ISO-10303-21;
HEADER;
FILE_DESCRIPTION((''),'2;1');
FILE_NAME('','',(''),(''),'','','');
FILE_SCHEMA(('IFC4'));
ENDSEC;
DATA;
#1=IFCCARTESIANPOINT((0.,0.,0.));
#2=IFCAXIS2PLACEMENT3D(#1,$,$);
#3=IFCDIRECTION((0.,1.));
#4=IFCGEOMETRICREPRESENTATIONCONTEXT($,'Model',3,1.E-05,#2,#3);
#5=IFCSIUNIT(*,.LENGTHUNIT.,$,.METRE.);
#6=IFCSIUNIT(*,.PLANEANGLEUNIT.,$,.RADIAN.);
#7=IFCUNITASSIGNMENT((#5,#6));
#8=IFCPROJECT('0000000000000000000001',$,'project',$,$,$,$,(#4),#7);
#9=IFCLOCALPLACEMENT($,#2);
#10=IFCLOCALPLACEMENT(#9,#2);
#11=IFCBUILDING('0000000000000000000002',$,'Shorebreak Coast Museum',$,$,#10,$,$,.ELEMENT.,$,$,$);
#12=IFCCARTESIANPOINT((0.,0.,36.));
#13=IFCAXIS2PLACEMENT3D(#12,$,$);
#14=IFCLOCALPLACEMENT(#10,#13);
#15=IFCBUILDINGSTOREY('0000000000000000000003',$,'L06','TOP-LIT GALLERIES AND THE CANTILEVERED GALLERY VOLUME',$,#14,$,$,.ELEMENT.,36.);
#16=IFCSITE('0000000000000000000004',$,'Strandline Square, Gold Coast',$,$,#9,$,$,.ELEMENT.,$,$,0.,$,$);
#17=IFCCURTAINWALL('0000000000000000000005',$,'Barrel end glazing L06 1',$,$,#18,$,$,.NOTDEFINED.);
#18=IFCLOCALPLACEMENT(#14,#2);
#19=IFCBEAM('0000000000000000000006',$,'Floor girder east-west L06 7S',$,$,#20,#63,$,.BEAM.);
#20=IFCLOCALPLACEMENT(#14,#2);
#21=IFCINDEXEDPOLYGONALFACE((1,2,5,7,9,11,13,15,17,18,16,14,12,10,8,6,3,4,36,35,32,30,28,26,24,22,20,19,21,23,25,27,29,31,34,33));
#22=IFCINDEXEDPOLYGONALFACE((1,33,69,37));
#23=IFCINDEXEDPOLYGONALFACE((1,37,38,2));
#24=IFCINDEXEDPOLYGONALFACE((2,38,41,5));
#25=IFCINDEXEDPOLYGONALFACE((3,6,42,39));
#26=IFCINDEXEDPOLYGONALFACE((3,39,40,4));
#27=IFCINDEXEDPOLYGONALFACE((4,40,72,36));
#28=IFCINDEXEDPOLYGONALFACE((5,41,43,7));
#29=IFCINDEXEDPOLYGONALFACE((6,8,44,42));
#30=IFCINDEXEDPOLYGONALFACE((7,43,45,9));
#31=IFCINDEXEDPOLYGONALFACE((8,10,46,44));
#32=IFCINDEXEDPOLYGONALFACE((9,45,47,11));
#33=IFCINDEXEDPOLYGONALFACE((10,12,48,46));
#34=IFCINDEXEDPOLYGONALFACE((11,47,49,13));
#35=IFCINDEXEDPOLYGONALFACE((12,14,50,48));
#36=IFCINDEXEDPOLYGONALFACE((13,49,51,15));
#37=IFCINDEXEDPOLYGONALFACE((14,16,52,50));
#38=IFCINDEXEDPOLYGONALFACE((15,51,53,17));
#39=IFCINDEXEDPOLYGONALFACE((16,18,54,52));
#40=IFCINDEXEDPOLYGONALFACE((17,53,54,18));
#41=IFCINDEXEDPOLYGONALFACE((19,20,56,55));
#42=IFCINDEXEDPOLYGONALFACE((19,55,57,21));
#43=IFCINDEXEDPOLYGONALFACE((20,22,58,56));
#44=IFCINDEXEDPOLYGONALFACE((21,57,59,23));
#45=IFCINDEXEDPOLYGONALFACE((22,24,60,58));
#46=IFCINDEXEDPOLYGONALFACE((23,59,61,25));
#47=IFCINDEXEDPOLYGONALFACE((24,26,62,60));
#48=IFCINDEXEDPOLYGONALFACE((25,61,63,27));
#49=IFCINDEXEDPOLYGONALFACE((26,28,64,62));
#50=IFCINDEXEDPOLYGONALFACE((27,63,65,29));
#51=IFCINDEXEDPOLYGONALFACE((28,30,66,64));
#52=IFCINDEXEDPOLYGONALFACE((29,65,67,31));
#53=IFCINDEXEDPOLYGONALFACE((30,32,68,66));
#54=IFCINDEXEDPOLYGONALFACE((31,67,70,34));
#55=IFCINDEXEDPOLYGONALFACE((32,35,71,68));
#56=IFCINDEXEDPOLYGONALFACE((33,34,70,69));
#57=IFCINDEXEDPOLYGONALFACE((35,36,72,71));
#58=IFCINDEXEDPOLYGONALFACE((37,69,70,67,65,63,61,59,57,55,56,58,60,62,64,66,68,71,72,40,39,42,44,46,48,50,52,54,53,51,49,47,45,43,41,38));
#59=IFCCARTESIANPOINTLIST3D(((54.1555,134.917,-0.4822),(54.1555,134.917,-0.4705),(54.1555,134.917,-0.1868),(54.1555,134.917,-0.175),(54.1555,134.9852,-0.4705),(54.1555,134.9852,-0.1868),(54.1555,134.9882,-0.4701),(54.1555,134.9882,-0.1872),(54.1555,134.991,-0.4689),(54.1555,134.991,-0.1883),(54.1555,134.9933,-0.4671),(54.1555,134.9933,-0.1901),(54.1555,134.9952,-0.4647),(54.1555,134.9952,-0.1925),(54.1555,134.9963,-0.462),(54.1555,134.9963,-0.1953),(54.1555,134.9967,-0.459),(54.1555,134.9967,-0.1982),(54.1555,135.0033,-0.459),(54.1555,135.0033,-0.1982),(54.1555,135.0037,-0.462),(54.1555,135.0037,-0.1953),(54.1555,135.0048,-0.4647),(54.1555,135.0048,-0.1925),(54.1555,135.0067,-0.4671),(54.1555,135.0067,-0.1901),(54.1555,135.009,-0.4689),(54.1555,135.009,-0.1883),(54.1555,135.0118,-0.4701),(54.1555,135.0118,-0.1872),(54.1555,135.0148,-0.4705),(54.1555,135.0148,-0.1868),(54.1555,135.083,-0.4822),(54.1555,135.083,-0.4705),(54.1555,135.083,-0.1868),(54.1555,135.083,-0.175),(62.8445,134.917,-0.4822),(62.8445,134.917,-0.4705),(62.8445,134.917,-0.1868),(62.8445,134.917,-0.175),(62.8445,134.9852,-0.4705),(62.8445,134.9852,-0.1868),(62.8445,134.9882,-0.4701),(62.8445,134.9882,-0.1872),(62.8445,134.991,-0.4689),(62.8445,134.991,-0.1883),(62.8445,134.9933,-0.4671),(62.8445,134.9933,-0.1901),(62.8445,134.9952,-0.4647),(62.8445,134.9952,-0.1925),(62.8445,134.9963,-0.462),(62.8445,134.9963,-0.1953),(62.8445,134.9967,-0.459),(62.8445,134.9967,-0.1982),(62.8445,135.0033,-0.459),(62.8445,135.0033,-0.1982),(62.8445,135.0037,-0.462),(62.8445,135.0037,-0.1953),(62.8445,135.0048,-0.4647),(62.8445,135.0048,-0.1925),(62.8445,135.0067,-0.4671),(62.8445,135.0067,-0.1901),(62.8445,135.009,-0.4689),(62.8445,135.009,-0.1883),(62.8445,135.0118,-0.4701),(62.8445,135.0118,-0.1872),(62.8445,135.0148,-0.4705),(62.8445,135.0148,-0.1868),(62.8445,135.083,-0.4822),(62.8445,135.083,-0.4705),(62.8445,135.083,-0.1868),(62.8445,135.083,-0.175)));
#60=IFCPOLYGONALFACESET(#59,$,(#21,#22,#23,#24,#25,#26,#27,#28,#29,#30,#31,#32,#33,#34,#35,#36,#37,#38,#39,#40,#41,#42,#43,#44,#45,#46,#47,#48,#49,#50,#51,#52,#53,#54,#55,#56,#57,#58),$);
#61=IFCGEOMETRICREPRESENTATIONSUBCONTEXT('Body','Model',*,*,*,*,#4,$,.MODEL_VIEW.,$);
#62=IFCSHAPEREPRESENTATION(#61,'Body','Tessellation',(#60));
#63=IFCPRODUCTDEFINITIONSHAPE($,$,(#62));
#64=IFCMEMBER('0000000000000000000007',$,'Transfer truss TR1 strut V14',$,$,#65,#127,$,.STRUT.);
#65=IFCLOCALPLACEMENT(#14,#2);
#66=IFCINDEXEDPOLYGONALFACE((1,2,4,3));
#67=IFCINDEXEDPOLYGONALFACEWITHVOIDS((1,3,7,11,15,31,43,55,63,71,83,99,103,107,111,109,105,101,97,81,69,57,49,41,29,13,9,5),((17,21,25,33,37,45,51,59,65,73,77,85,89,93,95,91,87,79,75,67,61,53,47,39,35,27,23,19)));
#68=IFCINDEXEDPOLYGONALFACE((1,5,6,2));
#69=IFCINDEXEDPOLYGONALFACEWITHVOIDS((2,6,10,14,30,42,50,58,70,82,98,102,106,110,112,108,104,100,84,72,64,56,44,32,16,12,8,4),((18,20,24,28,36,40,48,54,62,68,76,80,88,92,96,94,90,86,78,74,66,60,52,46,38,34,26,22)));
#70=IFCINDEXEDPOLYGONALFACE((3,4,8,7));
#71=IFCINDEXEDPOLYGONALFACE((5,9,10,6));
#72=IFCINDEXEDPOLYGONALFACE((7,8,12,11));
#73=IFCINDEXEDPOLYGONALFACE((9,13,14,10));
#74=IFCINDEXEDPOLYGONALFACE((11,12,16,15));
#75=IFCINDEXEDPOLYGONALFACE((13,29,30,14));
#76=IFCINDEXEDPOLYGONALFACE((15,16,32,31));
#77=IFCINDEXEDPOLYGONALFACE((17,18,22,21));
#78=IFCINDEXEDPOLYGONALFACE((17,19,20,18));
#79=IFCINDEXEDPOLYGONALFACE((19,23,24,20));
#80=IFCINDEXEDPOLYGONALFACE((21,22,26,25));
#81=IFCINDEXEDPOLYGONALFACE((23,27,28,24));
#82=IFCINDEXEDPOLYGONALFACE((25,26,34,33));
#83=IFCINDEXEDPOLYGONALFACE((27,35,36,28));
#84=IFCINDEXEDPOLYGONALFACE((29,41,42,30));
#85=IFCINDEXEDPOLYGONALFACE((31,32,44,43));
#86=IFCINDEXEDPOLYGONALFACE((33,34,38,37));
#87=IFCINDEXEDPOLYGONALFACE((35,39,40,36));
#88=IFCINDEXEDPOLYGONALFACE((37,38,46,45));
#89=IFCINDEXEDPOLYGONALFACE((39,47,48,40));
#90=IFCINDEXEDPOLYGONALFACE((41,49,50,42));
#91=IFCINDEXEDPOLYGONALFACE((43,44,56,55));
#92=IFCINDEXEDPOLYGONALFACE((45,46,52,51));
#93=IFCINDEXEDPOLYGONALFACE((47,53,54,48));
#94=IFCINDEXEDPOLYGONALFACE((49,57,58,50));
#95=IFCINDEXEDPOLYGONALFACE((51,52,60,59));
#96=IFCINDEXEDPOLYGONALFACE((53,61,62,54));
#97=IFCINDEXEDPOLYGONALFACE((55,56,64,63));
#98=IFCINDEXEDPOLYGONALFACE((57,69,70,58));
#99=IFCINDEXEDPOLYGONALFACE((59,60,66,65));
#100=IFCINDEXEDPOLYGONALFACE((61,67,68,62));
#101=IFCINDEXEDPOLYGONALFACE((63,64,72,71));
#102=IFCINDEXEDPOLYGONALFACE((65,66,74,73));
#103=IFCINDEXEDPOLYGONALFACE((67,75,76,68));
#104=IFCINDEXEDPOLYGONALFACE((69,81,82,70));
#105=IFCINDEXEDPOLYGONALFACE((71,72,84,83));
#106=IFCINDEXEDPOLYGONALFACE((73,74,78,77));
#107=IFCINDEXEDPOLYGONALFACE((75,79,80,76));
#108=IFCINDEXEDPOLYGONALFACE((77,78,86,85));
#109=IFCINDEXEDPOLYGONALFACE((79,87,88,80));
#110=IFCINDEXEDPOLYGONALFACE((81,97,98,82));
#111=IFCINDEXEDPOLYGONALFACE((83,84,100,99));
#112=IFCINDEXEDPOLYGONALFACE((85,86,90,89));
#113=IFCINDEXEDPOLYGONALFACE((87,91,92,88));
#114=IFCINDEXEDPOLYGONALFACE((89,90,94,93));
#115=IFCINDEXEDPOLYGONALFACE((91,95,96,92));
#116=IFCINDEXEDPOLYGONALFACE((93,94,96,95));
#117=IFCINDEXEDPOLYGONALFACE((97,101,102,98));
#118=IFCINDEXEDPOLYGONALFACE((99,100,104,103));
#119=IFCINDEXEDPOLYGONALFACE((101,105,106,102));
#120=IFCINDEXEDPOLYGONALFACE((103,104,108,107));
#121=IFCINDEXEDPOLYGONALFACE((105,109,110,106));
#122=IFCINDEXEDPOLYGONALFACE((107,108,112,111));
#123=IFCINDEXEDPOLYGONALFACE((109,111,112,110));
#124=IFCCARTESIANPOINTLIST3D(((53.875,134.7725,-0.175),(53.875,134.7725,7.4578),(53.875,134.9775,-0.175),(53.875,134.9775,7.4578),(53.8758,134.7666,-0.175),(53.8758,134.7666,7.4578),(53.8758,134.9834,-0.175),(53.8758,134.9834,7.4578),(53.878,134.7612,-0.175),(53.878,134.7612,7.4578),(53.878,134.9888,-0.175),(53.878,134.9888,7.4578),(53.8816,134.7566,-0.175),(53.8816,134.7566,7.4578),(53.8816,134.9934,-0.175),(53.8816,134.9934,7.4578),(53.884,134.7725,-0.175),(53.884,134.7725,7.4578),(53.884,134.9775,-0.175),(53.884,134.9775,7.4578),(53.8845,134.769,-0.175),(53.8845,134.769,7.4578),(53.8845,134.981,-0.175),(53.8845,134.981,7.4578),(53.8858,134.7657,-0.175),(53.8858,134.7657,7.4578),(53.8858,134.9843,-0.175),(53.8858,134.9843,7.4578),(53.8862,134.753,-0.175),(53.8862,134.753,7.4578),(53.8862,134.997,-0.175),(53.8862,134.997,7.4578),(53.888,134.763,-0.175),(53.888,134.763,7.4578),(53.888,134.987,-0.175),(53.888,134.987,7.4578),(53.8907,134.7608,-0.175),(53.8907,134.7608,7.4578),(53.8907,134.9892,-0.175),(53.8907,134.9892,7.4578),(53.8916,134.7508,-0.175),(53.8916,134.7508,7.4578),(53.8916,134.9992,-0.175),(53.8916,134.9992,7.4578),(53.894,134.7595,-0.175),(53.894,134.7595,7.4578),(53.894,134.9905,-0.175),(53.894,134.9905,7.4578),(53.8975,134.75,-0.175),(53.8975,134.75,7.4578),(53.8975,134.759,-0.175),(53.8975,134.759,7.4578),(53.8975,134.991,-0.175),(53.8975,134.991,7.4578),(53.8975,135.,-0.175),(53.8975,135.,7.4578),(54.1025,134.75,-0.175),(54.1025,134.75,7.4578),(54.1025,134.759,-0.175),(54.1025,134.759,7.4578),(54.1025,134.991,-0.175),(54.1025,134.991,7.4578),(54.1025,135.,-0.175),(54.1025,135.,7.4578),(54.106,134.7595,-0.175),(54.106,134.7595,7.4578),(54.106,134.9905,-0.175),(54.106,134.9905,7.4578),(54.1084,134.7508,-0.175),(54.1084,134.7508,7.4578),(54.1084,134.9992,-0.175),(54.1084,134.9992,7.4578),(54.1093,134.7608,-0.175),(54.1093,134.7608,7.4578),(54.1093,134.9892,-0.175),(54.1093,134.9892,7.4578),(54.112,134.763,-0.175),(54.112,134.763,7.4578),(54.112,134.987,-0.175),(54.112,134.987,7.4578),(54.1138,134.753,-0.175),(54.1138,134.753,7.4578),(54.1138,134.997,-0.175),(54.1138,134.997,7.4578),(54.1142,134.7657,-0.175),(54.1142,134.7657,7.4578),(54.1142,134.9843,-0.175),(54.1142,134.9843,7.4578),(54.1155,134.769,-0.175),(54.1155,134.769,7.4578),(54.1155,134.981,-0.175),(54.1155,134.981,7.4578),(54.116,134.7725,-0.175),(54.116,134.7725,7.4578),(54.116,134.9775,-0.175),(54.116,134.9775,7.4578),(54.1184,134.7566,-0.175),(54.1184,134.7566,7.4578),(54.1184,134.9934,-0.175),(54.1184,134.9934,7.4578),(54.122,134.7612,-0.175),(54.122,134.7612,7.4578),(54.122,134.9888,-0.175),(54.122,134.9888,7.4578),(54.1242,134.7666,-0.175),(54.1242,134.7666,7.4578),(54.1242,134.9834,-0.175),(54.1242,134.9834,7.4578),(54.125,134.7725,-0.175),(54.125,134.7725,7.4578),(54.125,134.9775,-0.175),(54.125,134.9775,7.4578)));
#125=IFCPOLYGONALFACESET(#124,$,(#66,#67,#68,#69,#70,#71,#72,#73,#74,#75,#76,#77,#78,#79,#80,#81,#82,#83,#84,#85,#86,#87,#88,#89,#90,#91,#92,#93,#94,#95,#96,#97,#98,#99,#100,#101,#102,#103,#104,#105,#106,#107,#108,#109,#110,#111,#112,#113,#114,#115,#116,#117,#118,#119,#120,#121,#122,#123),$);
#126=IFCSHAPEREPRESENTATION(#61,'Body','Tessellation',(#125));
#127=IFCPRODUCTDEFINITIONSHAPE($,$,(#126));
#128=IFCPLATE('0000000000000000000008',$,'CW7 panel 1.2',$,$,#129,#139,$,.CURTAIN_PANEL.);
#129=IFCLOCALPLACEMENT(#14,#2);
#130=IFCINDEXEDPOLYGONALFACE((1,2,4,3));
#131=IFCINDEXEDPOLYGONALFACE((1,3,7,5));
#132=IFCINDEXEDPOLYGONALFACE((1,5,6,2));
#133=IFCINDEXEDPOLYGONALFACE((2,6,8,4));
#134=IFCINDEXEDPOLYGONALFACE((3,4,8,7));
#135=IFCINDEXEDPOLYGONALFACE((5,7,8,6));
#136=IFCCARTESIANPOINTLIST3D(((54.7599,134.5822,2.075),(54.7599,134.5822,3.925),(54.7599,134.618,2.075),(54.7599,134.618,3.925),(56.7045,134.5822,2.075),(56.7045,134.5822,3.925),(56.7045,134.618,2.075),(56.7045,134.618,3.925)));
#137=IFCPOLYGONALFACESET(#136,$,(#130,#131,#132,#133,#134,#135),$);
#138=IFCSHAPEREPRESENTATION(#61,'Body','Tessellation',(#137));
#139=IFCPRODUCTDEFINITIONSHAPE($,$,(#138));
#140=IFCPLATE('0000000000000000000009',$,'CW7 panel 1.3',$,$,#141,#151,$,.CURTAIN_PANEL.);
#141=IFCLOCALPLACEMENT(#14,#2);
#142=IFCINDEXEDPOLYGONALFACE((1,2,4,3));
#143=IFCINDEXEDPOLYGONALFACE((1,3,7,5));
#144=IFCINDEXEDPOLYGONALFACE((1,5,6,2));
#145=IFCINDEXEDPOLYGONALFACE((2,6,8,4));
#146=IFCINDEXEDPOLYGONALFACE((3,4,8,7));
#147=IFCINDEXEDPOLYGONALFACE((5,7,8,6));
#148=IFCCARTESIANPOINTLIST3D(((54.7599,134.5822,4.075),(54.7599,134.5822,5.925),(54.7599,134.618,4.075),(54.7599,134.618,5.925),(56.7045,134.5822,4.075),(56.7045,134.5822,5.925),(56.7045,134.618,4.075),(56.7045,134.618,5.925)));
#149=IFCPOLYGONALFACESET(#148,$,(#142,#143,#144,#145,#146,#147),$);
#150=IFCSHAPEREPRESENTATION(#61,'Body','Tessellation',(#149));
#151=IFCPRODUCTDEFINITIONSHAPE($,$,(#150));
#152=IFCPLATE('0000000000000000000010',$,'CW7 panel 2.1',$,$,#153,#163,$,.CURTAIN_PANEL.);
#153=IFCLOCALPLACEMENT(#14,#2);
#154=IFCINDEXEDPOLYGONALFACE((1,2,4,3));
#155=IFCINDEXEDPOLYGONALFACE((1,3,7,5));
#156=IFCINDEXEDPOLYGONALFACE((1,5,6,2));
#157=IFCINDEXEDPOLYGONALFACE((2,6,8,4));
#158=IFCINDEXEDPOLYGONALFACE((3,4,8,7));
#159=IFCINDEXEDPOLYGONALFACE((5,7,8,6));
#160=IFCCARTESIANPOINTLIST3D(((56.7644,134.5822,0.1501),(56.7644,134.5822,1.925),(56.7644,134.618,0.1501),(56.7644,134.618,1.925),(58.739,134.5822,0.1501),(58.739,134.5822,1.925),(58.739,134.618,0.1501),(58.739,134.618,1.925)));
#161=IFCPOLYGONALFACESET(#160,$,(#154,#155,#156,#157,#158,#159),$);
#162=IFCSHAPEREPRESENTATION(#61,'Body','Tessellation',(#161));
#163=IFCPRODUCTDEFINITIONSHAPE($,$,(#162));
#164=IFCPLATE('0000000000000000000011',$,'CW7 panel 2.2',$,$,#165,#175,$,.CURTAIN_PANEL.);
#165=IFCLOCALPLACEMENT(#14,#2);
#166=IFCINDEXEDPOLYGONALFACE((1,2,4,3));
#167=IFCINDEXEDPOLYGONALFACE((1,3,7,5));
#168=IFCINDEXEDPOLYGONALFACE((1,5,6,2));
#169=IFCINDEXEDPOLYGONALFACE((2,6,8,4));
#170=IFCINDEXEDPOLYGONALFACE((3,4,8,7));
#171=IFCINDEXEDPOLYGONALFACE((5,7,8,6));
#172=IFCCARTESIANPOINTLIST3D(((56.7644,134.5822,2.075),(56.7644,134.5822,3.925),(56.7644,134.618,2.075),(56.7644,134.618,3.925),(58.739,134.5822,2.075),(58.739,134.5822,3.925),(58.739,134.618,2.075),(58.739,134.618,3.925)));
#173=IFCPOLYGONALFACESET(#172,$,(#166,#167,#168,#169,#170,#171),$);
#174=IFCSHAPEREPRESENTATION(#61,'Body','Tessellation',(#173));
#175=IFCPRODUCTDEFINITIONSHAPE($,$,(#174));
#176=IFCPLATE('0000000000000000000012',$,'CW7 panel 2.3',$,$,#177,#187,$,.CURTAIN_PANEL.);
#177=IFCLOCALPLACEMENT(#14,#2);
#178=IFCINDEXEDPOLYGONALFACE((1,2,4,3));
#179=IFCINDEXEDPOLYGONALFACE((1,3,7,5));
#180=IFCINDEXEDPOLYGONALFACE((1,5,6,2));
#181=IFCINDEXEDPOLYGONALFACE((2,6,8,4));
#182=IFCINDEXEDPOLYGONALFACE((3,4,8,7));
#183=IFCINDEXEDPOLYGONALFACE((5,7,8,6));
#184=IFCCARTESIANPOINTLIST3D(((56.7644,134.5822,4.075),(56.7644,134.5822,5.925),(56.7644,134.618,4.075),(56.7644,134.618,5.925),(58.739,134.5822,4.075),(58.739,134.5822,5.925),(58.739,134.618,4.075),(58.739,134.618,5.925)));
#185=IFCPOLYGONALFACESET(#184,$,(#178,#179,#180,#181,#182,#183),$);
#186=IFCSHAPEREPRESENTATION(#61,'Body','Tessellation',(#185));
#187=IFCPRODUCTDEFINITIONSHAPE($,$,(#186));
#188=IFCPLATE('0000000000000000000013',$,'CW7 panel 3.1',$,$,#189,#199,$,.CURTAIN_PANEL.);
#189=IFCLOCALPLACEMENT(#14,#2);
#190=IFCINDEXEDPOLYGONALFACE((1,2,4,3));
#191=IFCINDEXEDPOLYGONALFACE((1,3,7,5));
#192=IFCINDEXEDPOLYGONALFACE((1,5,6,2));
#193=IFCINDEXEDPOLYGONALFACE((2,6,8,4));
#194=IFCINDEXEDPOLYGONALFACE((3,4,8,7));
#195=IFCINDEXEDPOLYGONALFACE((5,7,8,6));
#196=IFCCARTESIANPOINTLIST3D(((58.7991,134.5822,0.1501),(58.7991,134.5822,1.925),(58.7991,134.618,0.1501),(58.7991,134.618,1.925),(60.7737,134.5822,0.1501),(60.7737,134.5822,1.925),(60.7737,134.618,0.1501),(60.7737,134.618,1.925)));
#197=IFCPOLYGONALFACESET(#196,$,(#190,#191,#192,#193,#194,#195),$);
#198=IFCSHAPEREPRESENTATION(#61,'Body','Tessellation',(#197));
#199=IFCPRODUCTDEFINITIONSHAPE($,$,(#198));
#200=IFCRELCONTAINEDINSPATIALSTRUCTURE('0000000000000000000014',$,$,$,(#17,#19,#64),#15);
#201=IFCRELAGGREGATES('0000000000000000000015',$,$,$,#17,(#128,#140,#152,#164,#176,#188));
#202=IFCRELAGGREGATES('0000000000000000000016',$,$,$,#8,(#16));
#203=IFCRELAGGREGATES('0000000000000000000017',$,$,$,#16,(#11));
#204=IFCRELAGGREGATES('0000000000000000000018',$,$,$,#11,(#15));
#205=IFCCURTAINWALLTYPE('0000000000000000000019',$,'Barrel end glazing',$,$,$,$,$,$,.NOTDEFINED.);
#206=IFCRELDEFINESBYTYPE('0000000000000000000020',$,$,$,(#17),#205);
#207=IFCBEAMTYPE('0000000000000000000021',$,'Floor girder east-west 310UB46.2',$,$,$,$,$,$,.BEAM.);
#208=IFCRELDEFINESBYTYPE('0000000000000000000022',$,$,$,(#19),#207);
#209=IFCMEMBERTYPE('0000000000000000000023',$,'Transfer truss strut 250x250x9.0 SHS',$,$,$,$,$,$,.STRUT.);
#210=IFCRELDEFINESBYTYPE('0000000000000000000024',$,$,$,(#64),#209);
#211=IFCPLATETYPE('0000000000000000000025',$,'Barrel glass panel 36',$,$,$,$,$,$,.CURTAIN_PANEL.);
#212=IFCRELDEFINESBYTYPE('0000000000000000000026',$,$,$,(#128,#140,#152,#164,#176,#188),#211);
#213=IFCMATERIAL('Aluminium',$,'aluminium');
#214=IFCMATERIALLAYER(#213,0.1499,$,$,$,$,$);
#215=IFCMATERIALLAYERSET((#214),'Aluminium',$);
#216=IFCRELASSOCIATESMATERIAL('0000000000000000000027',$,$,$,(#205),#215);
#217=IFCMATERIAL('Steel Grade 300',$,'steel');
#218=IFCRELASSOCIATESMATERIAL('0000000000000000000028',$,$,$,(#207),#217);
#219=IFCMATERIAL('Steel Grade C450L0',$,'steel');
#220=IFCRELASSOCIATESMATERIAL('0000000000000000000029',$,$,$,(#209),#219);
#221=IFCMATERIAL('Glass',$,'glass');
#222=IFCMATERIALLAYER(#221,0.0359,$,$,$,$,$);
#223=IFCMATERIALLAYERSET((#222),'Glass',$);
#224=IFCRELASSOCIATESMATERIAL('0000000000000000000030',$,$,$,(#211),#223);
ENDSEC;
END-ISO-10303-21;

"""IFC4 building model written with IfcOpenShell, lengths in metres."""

from ifc_helpers import new_model, si_unit, direction, frame, origin, origin_2d, place, context, subcontext, project, spatial, rectangle, hollow_rectangle, i_section, extrude, material, layer, layer_set, material_profile, profile_set, type_object, element, aggregate, save


model = new_model("IFC4")

# Units and contexts
model_context = context("Model", 3, precision=1e-05, world=origin(), true_north=direction((0.0, 1.0)))
body_context = subcontext(model_context, "Body", "Model", "MODEL_VIEW")
ifc_project = project(units=[si_unit("LENGTHUNIT", "METRE"), si_unit("PLANEANGLEUNIT", "RADIAN")], contexts=[model_context])

# Site, building, storey
site_placement = place(None, origin())
site = spatial("IfcSite", under=ifc_project, at=site_placement, Name="Strandline Square, Gold Coast", CompositionType="ELEMENT", RefElevation=0.0)
building_placement = place(site_placement, origin())
building = spatial("IfcBuilding", under=site, at=building_placement, Name="Shorebreak Coast Museum", CompositionType="ELEMENT")
storey_placement = place(building_placement, frame((0.0, 0.0, 36.0)))
storey = spatial("IfcBuildingStorey", under=building, at=storey_placement, Name="L06", Description="TOP-LIT GALLERIES AND THE CANTILEVERED GALLERY VOLUME", CompositionType="ELEMENT", Elevation=36.0)

# Curtain wall
ifc_material_1 = material(Name="Aluminium", Category="aluminium")
ifc_layer_1 = layer(ifc_material_1, 0.1499)
ifc_layer_set_1 = layer_set([ifc_layer_1], Name="Aluminium")
curtain_wall_type = type_object("IfcCurtainWallType", Name="Barrel end glazing", PredefinedType="NOTDEFINED", material=ifc_layer_set_1)
curtain_wall_placement = place(storey_placement, origin())
curtain_wall = element("IfcCurtainWall", 1, at=curtain_wall_placement, inside=storey, type_object=curtain_wall_type, Name="Barrel end glazing L06 1", PredefinedType="NOTDEFINED")

# Beam
ifc_material_2 = material(Name="Steel Grade 300", Category="steel")
ifc_material_profile_1 = material_profile(ifc_material_2, i_section(OverallWidth=0.166, OverallDepth=0.3071, WebThickness=0.0066, FlangeThickness=0.0117, FilletRadius=0.0115, at=origin_2d()), Name="310UB46.2")
ifc_profile_set_1 = profile_set([ifc_material_profile_1], Name="Steel Grade 300")
beam_type = type_object("IfcBeamType", Name="Floor girder east-west 310UB46.2", PredefinedType="BEAM", material=ifc_profile_set_1)
beam_placement = place(storey_placement, frame((54.1555, 135.0, -0.3286), z_axis=(1.0, 0.0, 0.0), x_axis=(0.0, 1.0, 0.0)))
element("IfcBeam", 2, at=beam_placement, inside=storey, type_object=beam_type, Name="Floor girder east-west L06 7S", PredefinedType="BEAM", context=body_context, shape_type="SweptSolid", body=[
    extrude(i_section(OverallWidth=0.166, OverallDepth=0.3071, WebThickness=0.0066, FlangeThickness=0.0117, FilletRadius=0.0115, at=origin_2d()), origin(), (0.0, 0.0, 1.0), 8.689),
])

# Member
ifc_material_3 = material(Name="Steel Grade C450L0", Category="steel")
ifc_material_profile_2 = material_profile(ifc_material_3, hollow_rectangle(XDim=0.25, YDim=0.25, WallThickness=0.009, InnerFilletRadius=0.0134, OuterFilletRadius=0.0225, at=origin_2d()), Name="250x250x9.0 SHS")
ifc_profile_set_2 = profile_set([ifc_material_profile_2], Name="Steel Grade C450L0")
member_type_1 = type_object("IfcMemberType", Name="Transfer truss strut 250x250x9.0 SHS", PredefinedType="STRUT", material=ifc_profile_set_2)
member_1_placement = place(storey_placement, frame((54.0, 134.875, -0.175), z_axis=(0.0, 0.0, 1.0), x_axis=(1.0, 0.0, 0.0)))
element("IfcMember", 3, at=member_1_placement, inside=storey, type_object=member_type_1, Name="Transfer truss TR1 strut V14", PredefinedType="STRUT", context=body_context, shape_type="SweptSolid", body=[
    extrude(hollow_rectangle(XDim=0.25, YDim=0.25, WallThickness=0.009, InnerFilletRadius=0.0134, OuterFilletRadius=0.0225, at=origin_2d()), origin(), (0.0, 0.0, 1.0), 7.6328),
])

# Plates
ifc_material_4 = material(Name="Glass", Category="glass")
ifc_layer_2 = layer(ifc_material_4, 0.0359)
ifc_layer_set_2 = layer_set([ifc_layer_2], Name="Glass")
plate_type = type_object("IfcPlateType", Name="Barrel glass panel 36", PredefinedType="CURTAIN_PANEL", material=ifc_layer_set_2)
plate_1_placement = place(storey_placement, frame((55.7322, 134.6001, 2.075), z_axis=(0.0, 0.0, 1.0), x_axis=(1.0, 0.0, 0.0)))
plate_1 = element("IfcPlate", 4, at=plate_1_placement, type_object=plate_type, Name="CW7 panel 1.2", PredefinedType="CURTAIN_PANEL", context=body_context, shape_type="SweptSolid", body=[
    extrude(rectangle(XDim=1.9446, YDim=0.0359, at=origin_2d()), origin(), (0.0, 0.0, 1.0), 1.8501),
])
plate_2_placement = place(storey_placement, frame((55.7322, 134.6001, 4.075), z_axis=(0.0, 0.0, 1.0), x_axis=(1.0, 0.0, 0.0)))
plate_2 = element("IfcPlate", 5, at=plate_2_placement, type_object=plate_type, Name="CW7 panel 1.3", PredefinedType="CURTAIN_PANEL", context=body_context, shape_type="SweptSolid", body=[
    extrude(rectangle(XDim=1.9446, YDim=0.0359, at=origin_2d()), origin(), (0.0, 0.0, 1.0), 1.8501),
])
plate_3_placement = place(storey_placement, frame((57.7517, 134.6001, 0.1501), z_axis=(0.0, 0.0, 1.0), x_axis=(1.0, 0.0, 0.0)))
plate_3 = element("IfcPlate", 6, at=plate_3_placement, type_object=plate_type, Name="CW7 panel 2.1", PredefinedType="CURTAIN_PANEL", context=body_context, shape_type="SweptSolid", body=[
    extrude(rectangle(XDim=1.9746, YDim=0.0359, at=origin_2d()), origin(), (0.0, 0.0, 1.0), 1.7749),
])
plate_4_placement = place(storey_placement, frame((57.7517, 134.6001, 2.075), z_axis=(0.0, 0.0, 1.0), x_axis=(1.0, 0.0, 0.0)))
plate_4 = element("IfcPlate", 7, at=plate_4_placement, type_object=plate_type, Name="CW7 panel 2.2", PredefinedType="CURTAIN_PANEL", context=body_context, shape_type="SweptSolid", body=[
    extrude(rectangle(XDim=1.9746, YDim=0.0359, at=origin_2d()), origin(), (0.0, 0.0, 1.0), 1.8501),
])
plate_5_placement = place(storey_placement, frame((57.7517, 134.6001, 4.075), z_axis=(0.0, 0.0, 1.0), x_axis=(1.0, 0.0, 0.0)))
plate_5 = element("IfcPlate", 8, at=plate_5_placement, type_object=plate_type, Name="CW7 panel 2.3", PredefinedType="CURTAIN_PANEL", context=body_context, shape_type="SweptSolid", body=[
    extrude(rectangle(XDim=1.9746, YDim=0.0359, at=origin_2d()), origin(), (0.0, 0.0, 1.0), 1.8501),
])
plate_6_placement = place(storey_placement, frame((59.7864, 134.6001, 0.1501), z_axis=(0.0, 0.0, 1.0), x_axis=(1.0, 0.0, 0.0)))
plate_6 = element("IfcPlate", 9, at=plate_6_placement, type_object=plate_type, Name="CW7 panel 3.1", PredefinedType="CURTAIN_PANEL", context=body_context, shape_type="SweptSolid", body=[
    extrude(rectangle(XDim=1.9746, YDim=0.0359, at=origin_2d()), origin(), (0.0, 0.0, 1.0), 1.7749),
])
aggregate(curtain_wall, [plate_1, plate_2, plate_3, plate_4, plate_5, plate_6])

save(model, "model.ifc")
